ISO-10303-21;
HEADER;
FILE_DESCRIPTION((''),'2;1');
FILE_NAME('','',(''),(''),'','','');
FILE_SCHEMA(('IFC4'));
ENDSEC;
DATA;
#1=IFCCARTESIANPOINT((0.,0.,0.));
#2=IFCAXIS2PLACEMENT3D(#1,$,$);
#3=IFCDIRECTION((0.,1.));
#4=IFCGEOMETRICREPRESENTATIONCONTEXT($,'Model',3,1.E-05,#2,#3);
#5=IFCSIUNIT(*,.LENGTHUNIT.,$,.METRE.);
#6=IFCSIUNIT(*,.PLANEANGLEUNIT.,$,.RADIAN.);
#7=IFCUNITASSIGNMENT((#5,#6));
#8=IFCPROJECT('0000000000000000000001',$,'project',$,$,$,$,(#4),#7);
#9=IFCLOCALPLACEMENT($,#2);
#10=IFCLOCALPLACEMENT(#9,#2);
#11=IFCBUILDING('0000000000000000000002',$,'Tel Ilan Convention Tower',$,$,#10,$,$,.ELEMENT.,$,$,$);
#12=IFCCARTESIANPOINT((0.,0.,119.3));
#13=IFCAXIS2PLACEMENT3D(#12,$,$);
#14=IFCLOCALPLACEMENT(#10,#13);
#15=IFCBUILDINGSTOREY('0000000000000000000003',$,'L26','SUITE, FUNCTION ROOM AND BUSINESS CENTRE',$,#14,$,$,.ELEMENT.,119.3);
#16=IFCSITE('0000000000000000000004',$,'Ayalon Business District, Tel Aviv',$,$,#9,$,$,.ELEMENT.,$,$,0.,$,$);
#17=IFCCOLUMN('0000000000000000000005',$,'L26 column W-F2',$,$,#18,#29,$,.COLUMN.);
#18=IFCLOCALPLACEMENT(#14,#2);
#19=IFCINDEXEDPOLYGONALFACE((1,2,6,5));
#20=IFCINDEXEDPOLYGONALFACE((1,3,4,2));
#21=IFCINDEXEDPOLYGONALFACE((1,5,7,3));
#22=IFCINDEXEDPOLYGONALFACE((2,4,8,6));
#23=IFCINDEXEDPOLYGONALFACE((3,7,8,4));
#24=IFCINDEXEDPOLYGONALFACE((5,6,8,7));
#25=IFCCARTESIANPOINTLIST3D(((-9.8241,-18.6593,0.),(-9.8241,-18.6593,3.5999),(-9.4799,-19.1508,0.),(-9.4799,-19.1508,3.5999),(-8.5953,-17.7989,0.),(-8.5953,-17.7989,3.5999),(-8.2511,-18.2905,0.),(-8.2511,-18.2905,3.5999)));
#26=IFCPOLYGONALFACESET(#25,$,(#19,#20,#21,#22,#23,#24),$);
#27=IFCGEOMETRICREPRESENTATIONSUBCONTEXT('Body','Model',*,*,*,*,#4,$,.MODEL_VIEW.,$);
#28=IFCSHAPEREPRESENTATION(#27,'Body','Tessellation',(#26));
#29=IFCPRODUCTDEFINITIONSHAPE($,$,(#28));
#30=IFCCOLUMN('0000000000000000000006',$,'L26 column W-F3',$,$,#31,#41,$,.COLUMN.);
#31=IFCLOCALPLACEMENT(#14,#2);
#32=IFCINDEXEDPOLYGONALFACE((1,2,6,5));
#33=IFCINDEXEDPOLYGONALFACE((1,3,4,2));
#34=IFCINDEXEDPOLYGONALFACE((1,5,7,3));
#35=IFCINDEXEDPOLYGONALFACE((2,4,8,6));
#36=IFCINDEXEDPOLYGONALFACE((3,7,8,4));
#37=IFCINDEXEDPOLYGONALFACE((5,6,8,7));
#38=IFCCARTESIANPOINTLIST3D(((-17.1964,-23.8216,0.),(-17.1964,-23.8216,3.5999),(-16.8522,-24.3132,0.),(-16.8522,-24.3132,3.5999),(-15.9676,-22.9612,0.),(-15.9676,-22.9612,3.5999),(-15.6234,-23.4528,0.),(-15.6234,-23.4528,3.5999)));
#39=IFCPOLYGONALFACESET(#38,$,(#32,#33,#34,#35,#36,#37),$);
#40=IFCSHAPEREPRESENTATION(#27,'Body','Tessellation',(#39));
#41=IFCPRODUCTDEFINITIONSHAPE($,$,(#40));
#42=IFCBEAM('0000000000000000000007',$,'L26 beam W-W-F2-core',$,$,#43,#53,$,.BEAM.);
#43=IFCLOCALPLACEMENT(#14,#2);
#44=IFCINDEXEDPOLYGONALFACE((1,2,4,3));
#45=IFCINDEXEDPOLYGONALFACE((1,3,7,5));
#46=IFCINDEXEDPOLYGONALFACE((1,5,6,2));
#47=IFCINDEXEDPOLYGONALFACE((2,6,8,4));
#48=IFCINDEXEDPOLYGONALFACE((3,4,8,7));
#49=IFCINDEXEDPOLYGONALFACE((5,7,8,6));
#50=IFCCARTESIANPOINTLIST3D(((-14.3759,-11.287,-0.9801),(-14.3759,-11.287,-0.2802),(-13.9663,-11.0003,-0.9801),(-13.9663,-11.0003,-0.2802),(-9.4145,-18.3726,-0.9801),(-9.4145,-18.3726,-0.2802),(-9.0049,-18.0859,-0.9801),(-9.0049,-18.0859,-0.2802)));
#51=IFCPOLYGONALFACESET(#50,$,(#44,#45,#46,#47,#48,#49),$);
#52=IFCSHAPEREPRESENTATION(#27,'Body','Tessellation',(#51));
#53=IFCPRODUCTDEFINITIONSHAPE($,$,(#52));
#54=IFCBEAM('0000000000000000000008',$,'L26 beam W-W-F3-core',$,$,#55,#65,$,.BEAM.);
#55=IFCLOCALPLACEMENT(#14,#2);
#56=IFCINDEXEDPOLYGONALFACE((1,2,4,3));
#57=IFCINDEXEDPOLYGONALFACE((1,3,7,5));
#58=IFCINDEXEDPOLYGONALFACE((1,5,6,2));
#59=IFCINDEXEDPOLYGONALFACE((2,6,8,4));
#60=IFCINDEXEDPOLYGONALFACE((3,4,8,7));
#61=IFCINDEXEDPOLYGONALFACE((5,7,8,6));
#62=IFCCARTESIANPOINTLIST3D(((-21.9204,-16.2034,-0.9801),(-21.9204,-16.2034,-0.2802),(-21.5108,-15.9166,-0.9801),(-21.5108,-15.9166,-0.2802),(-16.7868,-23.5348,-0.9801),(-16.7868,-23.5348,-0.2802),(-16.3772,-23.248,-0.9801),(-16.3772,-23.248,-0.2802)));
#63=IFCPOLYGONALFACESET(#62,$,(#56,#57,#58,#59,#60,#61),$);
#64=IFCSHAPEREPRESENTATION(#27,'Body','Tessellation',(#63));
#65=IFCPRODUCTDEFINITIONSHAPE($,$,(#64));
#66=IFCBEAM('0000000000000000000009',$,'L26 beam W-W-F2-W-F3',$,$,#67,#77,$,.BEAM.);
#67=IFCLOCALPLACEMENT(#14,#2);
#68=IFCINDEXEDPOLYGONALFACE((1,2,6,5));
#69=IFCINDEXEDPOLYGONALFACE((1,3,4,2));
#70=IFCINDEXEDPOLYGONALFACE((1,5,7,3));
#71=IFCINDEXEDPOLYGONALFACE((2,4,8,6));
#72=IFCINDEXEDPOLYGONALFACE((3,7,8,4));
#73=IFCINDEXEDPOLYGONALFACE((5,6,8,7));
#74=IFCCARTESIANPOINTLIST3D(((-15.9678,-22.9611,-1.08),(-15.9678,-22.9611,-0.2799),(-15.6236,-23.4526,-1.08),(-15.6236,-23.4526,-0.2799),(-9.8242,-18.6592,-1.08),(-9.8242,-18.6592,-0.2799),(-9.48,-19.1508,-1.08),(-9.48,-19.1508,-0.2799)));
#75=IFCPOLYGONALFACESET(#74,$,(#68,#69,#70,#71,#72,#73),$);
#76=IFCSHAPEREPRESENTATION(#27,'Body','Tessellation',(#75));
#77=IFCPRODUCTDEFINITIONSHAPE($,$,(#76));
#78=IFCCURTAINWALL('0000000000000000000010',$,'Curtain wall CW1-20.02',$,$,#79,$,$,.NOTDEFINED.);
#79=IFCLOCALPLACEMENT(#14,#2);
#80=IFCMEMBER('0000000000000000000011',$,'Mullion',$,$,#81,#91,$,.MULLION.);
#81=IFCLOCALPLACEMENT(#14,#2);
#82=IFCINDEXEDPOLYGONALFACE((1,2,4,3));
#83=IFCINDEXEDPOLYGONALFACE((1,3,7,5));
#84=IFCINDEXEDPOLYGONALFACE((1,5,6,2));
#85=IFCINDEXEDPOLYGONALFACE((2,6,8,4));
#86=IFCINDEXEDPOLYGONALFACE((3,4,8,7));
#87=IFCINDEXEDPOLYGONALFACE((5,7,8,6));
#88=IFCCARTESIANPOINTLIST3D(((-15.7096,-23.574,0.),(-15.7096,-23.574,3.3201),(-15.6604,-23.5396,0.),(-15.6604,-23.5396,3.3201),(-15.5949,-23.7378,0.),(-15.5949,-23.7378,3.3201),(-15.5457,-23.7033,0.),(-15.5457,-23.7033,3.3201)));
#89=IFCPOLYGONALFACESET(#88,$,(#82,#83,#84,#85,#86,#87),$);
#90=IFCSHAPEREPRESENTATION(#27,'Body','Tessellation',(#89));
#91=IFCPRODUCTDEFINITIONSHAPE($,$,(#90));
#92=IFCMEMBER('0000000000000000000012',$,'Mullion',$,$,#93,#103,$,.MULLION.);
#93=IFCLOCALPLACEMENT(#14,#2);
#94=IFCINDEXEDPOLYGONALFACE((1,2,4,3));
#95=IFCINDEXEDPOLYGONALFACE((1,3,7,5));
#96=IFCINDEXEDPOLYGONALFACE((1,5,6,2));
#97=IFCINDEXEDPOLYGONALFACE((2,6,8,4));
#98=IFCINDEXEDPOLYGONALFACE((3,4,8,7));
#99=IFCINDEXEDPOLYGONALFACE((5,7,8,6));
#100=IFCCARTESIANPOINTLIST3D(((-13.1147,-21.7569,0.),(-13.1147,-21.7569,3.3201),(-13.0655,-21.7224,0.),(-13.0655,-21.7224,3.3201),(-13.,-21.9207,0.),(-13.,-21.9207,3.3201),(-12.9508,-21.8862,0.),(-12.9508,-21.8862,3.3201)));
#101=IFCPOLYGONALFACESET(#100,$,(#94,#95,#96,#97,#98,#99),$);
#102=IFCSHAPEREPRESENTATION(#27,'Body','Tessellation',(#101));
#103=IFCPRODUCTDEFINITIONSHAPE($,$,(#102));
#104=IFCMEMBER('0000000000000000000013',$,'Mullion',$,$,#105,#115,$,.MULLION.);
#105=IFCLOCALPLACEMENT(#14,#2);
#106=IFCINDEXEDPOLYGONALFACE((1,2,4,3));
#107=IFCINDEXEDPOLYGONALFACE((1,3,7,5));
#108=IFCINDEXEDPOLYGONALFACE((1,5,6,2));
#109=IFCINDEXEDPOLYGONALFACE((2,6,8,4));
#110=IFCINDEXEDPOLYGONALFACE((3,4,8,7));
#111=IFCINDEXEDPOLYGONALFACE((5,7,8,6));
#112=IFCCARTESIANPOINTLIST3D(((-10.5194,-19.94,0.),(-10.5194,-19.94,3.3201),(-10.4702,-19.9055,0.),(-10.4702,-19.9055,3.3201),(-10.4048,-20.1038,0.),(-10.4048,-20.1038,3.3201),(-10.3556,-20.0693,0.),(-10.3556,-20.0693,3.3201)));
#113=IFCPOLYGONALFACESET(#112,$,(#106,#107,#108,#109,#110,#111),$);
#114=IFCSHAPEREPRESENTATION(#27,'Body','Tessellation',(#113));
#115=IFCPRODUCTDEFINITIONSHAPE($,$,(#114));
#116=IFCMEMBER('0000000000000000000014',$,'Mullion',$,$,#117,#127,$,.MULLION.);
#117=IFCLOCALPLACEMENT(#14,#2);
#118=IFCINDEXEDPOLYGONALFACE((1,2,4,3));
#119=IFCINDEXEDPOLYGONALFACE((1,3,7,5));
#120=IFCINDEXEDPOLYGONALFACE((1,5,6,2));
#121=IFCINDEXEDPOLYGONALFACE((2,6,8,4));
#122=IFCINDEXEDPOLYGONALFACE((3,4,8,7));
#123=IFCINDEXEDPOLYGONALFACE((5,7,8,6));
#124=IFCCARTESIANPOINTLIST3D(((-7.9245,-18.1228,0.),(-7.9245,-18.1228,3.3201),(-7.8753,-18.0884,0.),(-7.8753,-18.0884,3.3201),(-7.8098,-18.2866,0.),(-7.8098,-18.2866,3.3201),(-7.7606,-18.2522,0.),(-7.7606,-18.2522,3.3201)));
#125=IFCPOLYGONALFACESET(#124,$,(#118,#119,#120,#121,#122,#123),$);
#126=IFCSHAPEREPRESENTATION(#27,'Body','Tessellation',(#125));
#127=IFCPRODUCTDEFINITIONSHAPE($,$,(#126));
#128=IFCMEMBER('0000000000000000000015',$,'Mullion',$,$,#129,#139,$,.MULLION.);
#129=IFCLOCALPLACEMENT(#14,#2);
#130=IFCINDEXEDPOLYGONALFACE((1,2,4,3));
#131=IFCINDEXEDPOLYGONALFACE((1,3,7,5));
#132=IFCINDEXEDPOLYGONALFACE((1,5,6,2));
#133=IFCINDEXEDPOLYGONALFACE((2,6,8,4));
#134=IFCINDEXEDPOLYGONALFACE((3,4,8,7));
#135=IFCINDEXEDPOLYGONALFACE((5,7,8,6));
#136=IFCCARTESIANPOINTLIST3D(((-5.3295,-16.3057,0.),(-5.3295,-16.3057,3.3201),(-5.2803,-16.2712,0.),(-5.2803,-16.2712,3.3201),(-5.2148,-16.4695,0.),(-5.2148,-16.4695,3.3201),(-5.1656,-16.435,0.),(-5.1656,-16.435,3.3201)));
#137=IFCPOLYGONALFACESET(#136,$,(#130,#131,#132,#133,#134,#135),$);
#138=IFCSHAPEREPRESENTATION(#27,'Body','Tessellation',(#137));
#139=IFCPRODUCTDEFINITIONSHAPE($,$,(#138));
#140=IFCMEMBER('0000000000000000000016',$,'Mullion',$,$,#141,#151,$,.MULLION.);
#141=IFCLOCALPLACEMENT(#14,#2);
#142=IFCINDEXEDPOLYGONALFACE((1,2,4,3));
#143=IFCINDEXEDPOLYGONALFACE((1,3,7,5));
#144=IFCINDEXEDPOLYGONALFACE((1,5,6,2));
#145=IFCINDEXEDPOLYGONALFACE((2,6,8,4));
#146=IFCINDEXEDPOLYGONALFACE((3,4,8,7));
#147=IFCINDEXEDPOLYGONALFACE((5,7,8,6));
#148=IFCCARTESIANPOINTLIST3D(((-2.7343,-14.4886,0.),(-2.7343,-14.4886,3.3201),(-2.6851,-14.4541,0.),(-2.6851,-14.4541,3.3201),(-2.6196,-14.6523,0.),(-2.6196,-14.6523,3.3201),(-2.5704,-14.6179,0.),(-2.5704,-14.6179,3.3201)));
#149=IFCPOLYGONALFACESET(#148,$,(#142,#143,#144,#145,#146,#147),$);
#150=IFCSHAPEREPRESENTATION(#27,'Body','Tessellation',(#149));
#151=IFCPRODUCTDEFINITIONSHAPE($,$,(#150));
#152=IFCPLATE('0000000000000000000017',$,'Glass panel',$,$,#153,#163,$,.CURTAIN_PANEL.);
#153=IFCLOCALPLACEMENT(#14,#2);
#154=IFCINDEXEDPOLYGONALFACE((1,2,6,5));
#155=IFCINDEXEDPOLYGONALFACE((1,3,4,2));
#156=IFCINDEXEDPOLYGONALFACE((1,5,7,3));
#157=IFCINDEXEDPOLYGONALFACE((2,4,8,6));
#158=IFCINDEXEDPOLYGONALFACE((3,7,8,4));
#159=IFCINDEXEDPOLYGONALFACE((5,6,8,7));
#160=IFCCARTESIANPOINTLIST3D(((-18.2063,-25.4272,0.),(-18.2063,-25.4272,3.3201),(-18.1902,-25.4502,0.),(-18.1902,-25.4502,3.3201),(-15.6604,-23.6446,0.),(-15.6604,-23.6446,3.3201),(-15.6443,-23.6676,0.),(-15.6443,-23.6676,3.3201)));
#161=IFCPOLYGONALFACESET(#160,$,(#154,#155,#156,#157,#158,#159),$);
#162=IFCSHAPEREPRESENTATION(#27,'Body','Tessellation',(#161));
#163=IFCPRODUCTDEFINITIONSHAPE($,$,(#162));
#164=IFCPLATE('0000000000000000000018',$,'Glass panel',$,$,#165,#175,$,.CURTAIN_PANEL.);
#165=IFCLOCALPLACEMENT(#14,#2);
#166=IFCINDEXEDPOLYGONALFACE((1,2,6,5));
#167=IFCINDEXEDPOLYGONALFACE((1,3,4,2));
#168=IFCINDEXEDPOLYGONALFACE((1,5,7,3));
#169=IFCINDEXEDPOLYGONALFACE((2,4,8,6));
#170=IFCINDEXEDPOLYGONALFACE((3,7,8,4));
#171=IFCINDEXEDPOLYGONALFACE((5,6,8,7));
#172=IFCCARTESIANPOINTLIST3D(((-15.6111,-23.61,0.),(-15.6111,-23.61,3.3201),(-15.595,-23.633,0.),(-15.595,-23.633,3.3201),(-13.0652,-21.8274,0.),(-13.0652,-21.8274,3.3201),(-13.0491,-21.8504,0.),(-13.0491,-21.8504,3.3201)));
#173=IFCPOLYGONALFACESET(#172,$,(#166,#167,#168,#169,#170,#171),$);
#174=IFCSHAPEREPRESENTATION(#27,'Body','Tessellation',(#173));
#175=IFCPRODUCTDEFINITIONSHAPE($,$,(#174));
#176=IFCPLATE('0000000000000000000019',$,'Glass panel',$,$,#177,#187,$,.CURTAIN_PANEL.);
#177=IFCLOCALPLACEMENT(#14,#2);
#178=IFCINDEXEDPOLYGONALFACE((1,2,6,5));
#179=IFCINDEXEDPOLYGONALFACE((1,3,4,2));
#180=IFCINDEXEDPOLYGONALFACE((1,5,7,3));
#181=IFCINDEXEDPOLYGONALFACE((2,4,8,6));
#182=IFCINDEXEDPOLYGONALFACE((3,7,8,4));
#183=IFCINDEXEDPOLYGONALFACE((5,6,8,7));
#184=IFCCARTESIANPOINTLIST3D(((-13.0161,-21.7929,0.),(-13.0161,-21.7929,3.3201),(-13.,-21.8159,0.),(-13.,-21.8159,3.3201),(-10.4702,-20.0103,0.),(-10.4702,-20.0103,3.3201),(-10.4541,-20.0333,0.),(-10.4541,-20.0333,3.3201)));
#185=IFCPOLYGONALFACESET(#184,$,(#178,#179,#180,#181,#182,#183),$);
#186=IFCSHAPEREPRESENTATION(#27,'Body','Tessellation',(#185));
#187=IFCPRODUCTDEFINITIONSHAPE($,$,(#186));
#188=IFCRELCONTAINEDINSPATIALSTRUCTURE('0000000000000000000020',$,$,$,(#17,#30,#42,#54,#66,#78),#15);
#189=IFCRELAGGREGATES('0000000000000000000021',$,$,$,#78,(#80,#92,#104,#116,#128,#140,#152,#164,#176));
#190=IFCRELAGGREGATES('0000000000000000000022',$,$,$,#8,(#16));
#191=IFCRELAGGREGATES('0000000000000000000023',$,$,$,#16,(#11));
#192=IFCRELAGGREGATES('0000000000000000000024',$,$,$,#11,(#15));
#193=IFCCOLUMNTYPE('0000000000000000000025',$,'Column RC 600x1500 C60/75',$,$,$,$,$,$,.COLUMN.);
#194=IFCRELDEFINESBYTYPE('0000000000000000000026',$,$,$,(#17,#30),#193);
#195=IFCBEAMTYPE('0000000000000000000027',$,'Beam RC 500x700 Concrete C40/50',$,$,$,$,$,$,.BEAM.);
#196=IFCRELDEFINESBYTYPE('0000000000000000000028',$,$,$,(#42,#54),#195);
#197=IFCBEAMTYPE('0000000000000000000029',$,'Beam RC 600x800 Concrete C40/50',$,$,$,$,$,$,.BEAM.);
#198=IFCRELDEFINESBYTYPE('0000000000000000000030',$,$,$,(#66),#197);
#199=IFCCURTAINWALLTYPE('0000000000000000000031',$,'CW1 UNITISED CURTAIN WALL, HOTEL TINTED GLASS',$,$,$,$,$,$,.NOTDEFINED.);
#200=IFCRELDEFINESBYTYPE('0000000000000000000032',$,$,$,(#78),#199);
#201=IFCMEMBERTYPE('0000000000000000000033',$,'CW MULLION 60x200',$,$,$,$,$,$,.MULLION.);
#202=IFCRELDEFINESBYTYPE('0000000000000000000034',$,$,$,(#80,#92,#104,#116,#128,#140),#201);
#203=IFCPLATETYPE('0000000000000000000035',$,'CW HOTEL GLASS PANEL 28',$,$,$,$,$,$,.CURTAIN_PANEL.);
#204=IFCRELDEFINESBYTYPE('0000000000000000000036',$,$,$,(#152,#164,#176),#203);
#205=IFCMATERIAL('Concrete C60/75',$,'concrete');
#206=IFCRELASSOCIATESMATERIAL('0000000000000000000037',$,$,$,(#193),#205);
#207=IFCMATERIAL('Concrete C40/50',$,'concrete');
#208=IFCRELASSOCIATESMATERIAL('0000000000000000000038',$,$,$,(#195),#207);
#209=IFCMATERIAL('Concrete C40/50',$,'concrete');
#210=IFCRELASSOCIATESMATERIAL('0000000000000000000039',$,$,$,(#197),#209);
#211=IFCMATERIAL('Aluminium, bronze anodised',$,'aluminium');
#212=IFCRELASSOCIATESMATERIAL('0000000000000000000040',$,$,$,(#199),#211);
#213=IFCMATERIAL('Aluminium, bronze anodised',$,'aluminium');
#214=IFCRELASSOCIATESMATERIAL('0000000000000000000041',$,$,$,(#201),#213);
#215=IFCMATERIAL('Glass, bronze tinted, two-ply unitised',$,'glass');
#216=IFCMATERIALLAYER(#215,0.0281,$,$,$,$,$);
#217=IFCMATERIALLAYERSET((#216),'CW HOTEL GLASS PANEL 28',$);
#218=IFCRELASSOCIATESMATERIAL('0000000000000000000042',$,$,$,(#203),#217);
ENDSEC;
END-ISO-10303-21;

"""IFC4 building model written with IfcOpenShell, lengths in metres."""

from ifc_helpers import new_model, si_unit, direction, frame, origin, origin_2d, place, context, subcontext, project, spatial, rectangle, extrude, material, layer, layer_set, material_profile, profile_set, type_object, element, aggregate, save


model = new_model("IFC4")

# Units and contexts
model_context = context("Model", 3, precision=1e-05, world=origin(), true_north=direction((0.0, 1.0)))
body_context = subcontext(model_context, "Body", "Model", "MODEL_VIEW")
ifc_project = project(units=[si_unit("LENGTHUNIT", "METRE"), si_unit("PLANEANGLEUNIT", "RADIAN")], contexts=[model_context])

# Site, building, storey
site_placement = place(None, origin())
site = spatial("IfcSite", under=ifc_project, at=site_placement, Name="Ayalon Business District, Tel Aviv", CompositionType="ELEMENT", RefElevation=0.0)
building_placement = place(site_placement, origin())
building = spatial("IfcBuilding", under=site, at=building_placement, Name="Tel Ilan Convention Tower", CompositionType="ELEMENT")
storey_placement = place(building_placement, frame((0.0, 0.0, 119.3)))
storey = spatial("IfcBuildingStorey", under=building, at=storey_placement, Name="L26", Description="SUITE, FUNCTION ROOM AND BUSINESS CENTRE", CompositionType="ELEMENT", Elevation=119.3)

# Columns
ifc_material_1 = material(Name="Concrete C60/75", Category="concrete")
ifc_material_profile_1 = material_profile(ifc_material_1, rectangle(XDim=1.5, YDim=0.6001, at=origin_2d()), Name="RC 600x1500")
ifc_profile_set_1 = profile_set([ifc_material_profile_1], Name="Concrete C60/75")
column_type = type_object("IfcColumnType", Name="Column RC 600x1500 C60/75", PredefinedType="COLUMN", material=ifc_profile_set_1)
for number, where, z_axis, x_axis, name in (
    (1, (-9.0376, -18.4749, 0.0), (0.0, 0.0, 1.0), (-0.819152, -0.573576, 0.0), "L26 column W-F2"),
    (2, (-16.4099, -23.6372, 0.0), (0.0, 0.0, 1.0), (-0.819152, -0.573576, 0.0), "L26 column W-F3"),
):
    element("IfcColumn", number, at=place(storey_placement, frame(where, z_axis=z_axis, x_axis=x_axis)), inside=storey, type_object=column_type, Name=name, PredefinedType="COLUMN", context=body_context, shape_type="SweptSolid", body=[
        extrude(rectangle(XDim=1.5, YDim=0.6001, at=origin_2d()), origin(), (0.0, 0.0, 1.0), 3.5999),
    ])

# Beams
ifc_material_2 = material(Name="Concrete C40/50", Category="concrete")
ifc_material_profile_2 = material_profile(ifc_material_2, rectangle(XDim=0.5, YDim=0.7, at=origin_2d()), Name="RC 500x700")
ifc_profile_set_2 = profile_set([ifc_material_profile_2], Name="Concrete C40/50")
beam_type_1 = type_object("IfcBeamType", Name="Beam RC 500x700 Concrete C40/50", PredefinedType="BEAM", material=ifc_profile_set_2)
beam_1_placement = place(storey_placement, frame((-9.2097, -18.2292, -0.6301), z_axis=(-0.573574, 0.819154, 0.0), x_axis=(-0.819154, -0.573574, 0.0)))
element("IfcBeam", 3, at=beam_1_placement, inside=storey, type_object=beam_type_1, Name="L26 beam W-W-F2-core", PredefinedType="BEAM", context=body_context, shape_type="SweptSolid", body=[
    extrude(rectangle(XDim=0.5, YDim=0.7, at=origin_2d()), origin(), (0.0, 0.0, 1.0), 8.6499),
])
beam_2_placement = place(storey_placement, frame((-16.582, -23.3914, -0.6301), z_axis=(-0.573585, 0.819146, 0.0), x_axis=(-0.819146, -0.573585, 0.0)))
element("IfcBeam", 4, at=beam_2_placement, inside=storey, type_object=beam_type_1, Name="L26 beam W-W-F3-core", PredefinedType="BEAM", context=body_context, shape_type="SweptSolid", body=[
    extrude(rectangle(XDim=0.5, YDim=0.7, at=origin_2d()), origin(), (0.0, 0.0, 1.0), 8.95),
])
ifc_material_3 = material(Name="Concrete C40/50", Category="concrete")
ifc_material_profile_3 = material_profile(ifc_material_3, rectangle(XDim=0.6001, YDim=0.8, at=origin_2d()), Name="RC 600x800")
ifc_profile_set_3 = profile_set([ifc_material_profile_3], Name="Concrete C40/50")
beam_type_2 = type_object("IfcBeamType", Name="Beam RC 600x800 Concrete C40/50", PredefinedType="BEAM", material=ifc_profile_set_3)
beam_3_placement = place(storey_placement, frame((-9.6521, -18.905, -0.6799), z_axis=(-0.819152, -0.573576, 0.0), x_axis=(0.573576, -0.819152, 0.0)))
element("IfcBeam", 5, at=beam_3_placement, inside=storey, type_object=beam_type_2, Name="L26 beam W-W-F2-W-F3", PredefinedType="BEAM", context=body_context, shape_type="SweptSolid", body=[
    extrude(rectangle(XDim=0.6001, YDim=0.8, at=origin_2d()), origin(), (0.0, 0.0, 1.0), 7.5),
])

# Curtain wall, members, plates
ifc_material_4 = material(Name="Aluminium, bronze anodised", Category="aluminium")
curtain_wall_type = type_object("IfcCurtainWallType", Name="CW1 UNITISED CURTAIN WALL, HOTEL TINTED GLASS", PredefinedType="NOTDEFINED", material=ifc_material_4)
curtain_wall_placement = place(storey_placement, origin())
curtain_wall = element("IfcCurtainWall", 6, at=curtain_wall_placement, inside=storey, type_object=curtain_wall_type, Name="Curtain wall CW1-20.02", PredefinedType="NOTDEFINED")
ifc_material_5 = material(Name="Aluminium, bronze anodised", Category="aluminium")
ifc_material_profile_4 = material_profile(ifc_material_5, rectangle(XDim=0.0601, YDim=0.2, at=origin_2d()), Name="CW MULLION 60x200")
ifc_profile_set_4 = profile_set([ifc_material_profile_4], Name="Aluminium, bronze anodised")
member_type = type_object("IfcMemberType", Name="CW MULLION 60x200", PredefinedType="MULLION", material=ifc_profile_set_4)
member_1_placement = place(storey_placement, frame((-15.6277, -23.6387, 0.0), z_axis=(0.0, 0.0, 1.0), x_axis=(0.819152, 0.573576, 0.0)))
member_1 = element("IfcMember", 7, at=member_1_placement, type_object=member_type, Name="Mullion", PredefinedType="MULLION", context=body_context, shape_type="SweptSolid", body=[
    extrude(rectangle(XDim=0.0601, YDim=0.2, at=origin_2d()), origin(), (0.0, 0.0, 1.0), 3.3201),
])
member_2_placement = place(storey_placement, frame((-13.0327, -21.8215, 0.0), z_axis=(0.0, 0.0, 1.0), x_axis=(0.819152, 0.573576, 0.0)))
member_2 = element("IfcMember", 8, at=member_2_placement, type_object=member_type, Name="Mullion", PredefinedType="MULLION", context=body_context, shape_type="SweptSolid", body=[
    extrude(rectangle(XDim=0.0601, YDim=0.2, at=origin_2d()), origin(), (0.0, 0.0, 1.0), 3.3201),
])
member_3_placement = place(storey_placement, frame((-10.4375, -20.0046, 0.0), z_axis=(0.0, 0.0, 1.0), x_axis=(0.819152, 0.573576, 0.0)))
member_3 = element("IfcMember", 9, at=member_3_placement, type_object=member_type, Name="Mullion", PredefinedType="MULLION", context=body_context, shape_type="SweptSolid", body=[
    extrude(rectangle(XDim=0.0601, YDim=0.2, at=origin_2d()), origin(), (0.0, 0.0, 1.0), 3.3201),
])
member_4_placement = place(storey_placement, frame((-7.8425, -18.1875, 0.0), z_axis=(0.0, 0.0, 1.0), x_axis=(0.819152, 0.573576, 0.0)))
member_4 = element("IfcMember", 10, at=member_4_placement, type_object=member_type, Name="Mullion", PredefinedType="MULLION", context=body_context, shape_type="SweptSolid", body=[
    extrude(rectangle(XDim=0.0601, YDim=0.2, at=origin_2d()), origin(), (0.0, 0.0, 1.0), 3.3201),
])
member_5_placement = place(storey_placement, frame((-5.2476, -16.3704, 0.0), z_axis=(0.0, 0.0, 1.0), x_axis=(0.819152, 0.573576, 0.0)))
member_5 = element("IfcMember", 11, at=member_5_placement, type_object=member_type, Name="Mullion", PredefinedType="MULLION", context=body_context, shape_type="SweptSolid", body=[
    extrude(rectangle(XDim=0.0601, YDim=0.2, at=origin_2d()), origin(), (0.0, 0.0, 1.0), 3.3201),
])
member_6_placement = place(storey_placement, frame((-2.6523, -14.5532, 0.0), z_axis=(0.0, 0.0, 1.0), x_axis=(0.819152, 0.573576, 0.0)))
member_6 = element("IfcMember", 12, at=member_6_placement, type_object=member_type, Name="Mullion", PredefinedType="MULLION", context=body_context, shape_type="SweptSolid", body=[
    extrude(rectangle(XDim=0.0601, YDim=0.2, at=origin_2d()), origin(), (0.0, 0.0, 1.0), 3.3201),
])
ifc_material_6 = material(Name="Glass, bronze tinted, two-ply unitised", Category="glass")
ifc_layer_1 = layer(ifc_material_6, 0.0281)
ifc_layer_set_1 = layer_set([ifc_layer_1], Name="CW HOTEL GLASS PANEL 28")
plate_type = type_object("IfcPlateType", Name="CW HOTEL GLASS PANEL 28", PredefinedType="CURTAIN_PANEL", material=ifc_layer_set_1)
plate_1_placement = place(storey_placement, frame((-16.9253, -24.5474, 0.0), z_axis=(0.0, 0.0, 1.0), x_axis=(0.819152, 0.573576, 0.0)))
plate_1 = element("IfcPlate", 13, at=plate_1_placement, type_object=plate_type, Name="Glass panel", PredefinedType="CURTAIN_PANEL", context=body_context, shape_type="SweptSolid", body=[
    extrude(rectangle(XDim=3.1079, YDim=0.0281, at=origin_2d()), origin(), (0.0, 0.0, 1.0), 3.3201),
])
plate_2_placement = place(storey_placement, frame((-14.3301, -22.7302, 0.0), z_axis=(0.0, 0.0, 1.0), x_axis=(0.819152, 0.573576, 0.0)))
plate_2 = element("IfcPlate", 14, at=plate_2_placement, type_object=plate_type, Name="Glass panel", PredefinedType="CURTAIN_PANEL", context=body_context, shape_type="SweptSolid", body=[
    extrude(rectangle(XDim=3.1079, YDim=0.0281, at=origin_2d()), origin(), (0.0, 0.0, 1.0), 3.3201),
])
plate_3_placement = place(storey_placement, frame((-11.7351, -20.9131, 0.0), z_axis=(0.0, 0.0, 1.0), x_axis=(0.819152, 0.573576, 0.0)))
plate_3 = element("IfcPlate", 15, at=plate_3_placement, type_object=plate_type, Name="Glass panel", PredefinedType="CURTAIN_PANEL", context=body_context, shape_type="SweptSolid", body=[
    extrude(rectangle(XDim=3.1079, YDim=0.0281, at=origin_2d()), origin(), (0.0, 0.0, 1.0), 3.3201),
])
aggregate(curtain_wall, [member_1, member_2, member_3, member_4, member_5, member_6, plate_1, plate_2, plate_3])

save(model, "model.ifc")
